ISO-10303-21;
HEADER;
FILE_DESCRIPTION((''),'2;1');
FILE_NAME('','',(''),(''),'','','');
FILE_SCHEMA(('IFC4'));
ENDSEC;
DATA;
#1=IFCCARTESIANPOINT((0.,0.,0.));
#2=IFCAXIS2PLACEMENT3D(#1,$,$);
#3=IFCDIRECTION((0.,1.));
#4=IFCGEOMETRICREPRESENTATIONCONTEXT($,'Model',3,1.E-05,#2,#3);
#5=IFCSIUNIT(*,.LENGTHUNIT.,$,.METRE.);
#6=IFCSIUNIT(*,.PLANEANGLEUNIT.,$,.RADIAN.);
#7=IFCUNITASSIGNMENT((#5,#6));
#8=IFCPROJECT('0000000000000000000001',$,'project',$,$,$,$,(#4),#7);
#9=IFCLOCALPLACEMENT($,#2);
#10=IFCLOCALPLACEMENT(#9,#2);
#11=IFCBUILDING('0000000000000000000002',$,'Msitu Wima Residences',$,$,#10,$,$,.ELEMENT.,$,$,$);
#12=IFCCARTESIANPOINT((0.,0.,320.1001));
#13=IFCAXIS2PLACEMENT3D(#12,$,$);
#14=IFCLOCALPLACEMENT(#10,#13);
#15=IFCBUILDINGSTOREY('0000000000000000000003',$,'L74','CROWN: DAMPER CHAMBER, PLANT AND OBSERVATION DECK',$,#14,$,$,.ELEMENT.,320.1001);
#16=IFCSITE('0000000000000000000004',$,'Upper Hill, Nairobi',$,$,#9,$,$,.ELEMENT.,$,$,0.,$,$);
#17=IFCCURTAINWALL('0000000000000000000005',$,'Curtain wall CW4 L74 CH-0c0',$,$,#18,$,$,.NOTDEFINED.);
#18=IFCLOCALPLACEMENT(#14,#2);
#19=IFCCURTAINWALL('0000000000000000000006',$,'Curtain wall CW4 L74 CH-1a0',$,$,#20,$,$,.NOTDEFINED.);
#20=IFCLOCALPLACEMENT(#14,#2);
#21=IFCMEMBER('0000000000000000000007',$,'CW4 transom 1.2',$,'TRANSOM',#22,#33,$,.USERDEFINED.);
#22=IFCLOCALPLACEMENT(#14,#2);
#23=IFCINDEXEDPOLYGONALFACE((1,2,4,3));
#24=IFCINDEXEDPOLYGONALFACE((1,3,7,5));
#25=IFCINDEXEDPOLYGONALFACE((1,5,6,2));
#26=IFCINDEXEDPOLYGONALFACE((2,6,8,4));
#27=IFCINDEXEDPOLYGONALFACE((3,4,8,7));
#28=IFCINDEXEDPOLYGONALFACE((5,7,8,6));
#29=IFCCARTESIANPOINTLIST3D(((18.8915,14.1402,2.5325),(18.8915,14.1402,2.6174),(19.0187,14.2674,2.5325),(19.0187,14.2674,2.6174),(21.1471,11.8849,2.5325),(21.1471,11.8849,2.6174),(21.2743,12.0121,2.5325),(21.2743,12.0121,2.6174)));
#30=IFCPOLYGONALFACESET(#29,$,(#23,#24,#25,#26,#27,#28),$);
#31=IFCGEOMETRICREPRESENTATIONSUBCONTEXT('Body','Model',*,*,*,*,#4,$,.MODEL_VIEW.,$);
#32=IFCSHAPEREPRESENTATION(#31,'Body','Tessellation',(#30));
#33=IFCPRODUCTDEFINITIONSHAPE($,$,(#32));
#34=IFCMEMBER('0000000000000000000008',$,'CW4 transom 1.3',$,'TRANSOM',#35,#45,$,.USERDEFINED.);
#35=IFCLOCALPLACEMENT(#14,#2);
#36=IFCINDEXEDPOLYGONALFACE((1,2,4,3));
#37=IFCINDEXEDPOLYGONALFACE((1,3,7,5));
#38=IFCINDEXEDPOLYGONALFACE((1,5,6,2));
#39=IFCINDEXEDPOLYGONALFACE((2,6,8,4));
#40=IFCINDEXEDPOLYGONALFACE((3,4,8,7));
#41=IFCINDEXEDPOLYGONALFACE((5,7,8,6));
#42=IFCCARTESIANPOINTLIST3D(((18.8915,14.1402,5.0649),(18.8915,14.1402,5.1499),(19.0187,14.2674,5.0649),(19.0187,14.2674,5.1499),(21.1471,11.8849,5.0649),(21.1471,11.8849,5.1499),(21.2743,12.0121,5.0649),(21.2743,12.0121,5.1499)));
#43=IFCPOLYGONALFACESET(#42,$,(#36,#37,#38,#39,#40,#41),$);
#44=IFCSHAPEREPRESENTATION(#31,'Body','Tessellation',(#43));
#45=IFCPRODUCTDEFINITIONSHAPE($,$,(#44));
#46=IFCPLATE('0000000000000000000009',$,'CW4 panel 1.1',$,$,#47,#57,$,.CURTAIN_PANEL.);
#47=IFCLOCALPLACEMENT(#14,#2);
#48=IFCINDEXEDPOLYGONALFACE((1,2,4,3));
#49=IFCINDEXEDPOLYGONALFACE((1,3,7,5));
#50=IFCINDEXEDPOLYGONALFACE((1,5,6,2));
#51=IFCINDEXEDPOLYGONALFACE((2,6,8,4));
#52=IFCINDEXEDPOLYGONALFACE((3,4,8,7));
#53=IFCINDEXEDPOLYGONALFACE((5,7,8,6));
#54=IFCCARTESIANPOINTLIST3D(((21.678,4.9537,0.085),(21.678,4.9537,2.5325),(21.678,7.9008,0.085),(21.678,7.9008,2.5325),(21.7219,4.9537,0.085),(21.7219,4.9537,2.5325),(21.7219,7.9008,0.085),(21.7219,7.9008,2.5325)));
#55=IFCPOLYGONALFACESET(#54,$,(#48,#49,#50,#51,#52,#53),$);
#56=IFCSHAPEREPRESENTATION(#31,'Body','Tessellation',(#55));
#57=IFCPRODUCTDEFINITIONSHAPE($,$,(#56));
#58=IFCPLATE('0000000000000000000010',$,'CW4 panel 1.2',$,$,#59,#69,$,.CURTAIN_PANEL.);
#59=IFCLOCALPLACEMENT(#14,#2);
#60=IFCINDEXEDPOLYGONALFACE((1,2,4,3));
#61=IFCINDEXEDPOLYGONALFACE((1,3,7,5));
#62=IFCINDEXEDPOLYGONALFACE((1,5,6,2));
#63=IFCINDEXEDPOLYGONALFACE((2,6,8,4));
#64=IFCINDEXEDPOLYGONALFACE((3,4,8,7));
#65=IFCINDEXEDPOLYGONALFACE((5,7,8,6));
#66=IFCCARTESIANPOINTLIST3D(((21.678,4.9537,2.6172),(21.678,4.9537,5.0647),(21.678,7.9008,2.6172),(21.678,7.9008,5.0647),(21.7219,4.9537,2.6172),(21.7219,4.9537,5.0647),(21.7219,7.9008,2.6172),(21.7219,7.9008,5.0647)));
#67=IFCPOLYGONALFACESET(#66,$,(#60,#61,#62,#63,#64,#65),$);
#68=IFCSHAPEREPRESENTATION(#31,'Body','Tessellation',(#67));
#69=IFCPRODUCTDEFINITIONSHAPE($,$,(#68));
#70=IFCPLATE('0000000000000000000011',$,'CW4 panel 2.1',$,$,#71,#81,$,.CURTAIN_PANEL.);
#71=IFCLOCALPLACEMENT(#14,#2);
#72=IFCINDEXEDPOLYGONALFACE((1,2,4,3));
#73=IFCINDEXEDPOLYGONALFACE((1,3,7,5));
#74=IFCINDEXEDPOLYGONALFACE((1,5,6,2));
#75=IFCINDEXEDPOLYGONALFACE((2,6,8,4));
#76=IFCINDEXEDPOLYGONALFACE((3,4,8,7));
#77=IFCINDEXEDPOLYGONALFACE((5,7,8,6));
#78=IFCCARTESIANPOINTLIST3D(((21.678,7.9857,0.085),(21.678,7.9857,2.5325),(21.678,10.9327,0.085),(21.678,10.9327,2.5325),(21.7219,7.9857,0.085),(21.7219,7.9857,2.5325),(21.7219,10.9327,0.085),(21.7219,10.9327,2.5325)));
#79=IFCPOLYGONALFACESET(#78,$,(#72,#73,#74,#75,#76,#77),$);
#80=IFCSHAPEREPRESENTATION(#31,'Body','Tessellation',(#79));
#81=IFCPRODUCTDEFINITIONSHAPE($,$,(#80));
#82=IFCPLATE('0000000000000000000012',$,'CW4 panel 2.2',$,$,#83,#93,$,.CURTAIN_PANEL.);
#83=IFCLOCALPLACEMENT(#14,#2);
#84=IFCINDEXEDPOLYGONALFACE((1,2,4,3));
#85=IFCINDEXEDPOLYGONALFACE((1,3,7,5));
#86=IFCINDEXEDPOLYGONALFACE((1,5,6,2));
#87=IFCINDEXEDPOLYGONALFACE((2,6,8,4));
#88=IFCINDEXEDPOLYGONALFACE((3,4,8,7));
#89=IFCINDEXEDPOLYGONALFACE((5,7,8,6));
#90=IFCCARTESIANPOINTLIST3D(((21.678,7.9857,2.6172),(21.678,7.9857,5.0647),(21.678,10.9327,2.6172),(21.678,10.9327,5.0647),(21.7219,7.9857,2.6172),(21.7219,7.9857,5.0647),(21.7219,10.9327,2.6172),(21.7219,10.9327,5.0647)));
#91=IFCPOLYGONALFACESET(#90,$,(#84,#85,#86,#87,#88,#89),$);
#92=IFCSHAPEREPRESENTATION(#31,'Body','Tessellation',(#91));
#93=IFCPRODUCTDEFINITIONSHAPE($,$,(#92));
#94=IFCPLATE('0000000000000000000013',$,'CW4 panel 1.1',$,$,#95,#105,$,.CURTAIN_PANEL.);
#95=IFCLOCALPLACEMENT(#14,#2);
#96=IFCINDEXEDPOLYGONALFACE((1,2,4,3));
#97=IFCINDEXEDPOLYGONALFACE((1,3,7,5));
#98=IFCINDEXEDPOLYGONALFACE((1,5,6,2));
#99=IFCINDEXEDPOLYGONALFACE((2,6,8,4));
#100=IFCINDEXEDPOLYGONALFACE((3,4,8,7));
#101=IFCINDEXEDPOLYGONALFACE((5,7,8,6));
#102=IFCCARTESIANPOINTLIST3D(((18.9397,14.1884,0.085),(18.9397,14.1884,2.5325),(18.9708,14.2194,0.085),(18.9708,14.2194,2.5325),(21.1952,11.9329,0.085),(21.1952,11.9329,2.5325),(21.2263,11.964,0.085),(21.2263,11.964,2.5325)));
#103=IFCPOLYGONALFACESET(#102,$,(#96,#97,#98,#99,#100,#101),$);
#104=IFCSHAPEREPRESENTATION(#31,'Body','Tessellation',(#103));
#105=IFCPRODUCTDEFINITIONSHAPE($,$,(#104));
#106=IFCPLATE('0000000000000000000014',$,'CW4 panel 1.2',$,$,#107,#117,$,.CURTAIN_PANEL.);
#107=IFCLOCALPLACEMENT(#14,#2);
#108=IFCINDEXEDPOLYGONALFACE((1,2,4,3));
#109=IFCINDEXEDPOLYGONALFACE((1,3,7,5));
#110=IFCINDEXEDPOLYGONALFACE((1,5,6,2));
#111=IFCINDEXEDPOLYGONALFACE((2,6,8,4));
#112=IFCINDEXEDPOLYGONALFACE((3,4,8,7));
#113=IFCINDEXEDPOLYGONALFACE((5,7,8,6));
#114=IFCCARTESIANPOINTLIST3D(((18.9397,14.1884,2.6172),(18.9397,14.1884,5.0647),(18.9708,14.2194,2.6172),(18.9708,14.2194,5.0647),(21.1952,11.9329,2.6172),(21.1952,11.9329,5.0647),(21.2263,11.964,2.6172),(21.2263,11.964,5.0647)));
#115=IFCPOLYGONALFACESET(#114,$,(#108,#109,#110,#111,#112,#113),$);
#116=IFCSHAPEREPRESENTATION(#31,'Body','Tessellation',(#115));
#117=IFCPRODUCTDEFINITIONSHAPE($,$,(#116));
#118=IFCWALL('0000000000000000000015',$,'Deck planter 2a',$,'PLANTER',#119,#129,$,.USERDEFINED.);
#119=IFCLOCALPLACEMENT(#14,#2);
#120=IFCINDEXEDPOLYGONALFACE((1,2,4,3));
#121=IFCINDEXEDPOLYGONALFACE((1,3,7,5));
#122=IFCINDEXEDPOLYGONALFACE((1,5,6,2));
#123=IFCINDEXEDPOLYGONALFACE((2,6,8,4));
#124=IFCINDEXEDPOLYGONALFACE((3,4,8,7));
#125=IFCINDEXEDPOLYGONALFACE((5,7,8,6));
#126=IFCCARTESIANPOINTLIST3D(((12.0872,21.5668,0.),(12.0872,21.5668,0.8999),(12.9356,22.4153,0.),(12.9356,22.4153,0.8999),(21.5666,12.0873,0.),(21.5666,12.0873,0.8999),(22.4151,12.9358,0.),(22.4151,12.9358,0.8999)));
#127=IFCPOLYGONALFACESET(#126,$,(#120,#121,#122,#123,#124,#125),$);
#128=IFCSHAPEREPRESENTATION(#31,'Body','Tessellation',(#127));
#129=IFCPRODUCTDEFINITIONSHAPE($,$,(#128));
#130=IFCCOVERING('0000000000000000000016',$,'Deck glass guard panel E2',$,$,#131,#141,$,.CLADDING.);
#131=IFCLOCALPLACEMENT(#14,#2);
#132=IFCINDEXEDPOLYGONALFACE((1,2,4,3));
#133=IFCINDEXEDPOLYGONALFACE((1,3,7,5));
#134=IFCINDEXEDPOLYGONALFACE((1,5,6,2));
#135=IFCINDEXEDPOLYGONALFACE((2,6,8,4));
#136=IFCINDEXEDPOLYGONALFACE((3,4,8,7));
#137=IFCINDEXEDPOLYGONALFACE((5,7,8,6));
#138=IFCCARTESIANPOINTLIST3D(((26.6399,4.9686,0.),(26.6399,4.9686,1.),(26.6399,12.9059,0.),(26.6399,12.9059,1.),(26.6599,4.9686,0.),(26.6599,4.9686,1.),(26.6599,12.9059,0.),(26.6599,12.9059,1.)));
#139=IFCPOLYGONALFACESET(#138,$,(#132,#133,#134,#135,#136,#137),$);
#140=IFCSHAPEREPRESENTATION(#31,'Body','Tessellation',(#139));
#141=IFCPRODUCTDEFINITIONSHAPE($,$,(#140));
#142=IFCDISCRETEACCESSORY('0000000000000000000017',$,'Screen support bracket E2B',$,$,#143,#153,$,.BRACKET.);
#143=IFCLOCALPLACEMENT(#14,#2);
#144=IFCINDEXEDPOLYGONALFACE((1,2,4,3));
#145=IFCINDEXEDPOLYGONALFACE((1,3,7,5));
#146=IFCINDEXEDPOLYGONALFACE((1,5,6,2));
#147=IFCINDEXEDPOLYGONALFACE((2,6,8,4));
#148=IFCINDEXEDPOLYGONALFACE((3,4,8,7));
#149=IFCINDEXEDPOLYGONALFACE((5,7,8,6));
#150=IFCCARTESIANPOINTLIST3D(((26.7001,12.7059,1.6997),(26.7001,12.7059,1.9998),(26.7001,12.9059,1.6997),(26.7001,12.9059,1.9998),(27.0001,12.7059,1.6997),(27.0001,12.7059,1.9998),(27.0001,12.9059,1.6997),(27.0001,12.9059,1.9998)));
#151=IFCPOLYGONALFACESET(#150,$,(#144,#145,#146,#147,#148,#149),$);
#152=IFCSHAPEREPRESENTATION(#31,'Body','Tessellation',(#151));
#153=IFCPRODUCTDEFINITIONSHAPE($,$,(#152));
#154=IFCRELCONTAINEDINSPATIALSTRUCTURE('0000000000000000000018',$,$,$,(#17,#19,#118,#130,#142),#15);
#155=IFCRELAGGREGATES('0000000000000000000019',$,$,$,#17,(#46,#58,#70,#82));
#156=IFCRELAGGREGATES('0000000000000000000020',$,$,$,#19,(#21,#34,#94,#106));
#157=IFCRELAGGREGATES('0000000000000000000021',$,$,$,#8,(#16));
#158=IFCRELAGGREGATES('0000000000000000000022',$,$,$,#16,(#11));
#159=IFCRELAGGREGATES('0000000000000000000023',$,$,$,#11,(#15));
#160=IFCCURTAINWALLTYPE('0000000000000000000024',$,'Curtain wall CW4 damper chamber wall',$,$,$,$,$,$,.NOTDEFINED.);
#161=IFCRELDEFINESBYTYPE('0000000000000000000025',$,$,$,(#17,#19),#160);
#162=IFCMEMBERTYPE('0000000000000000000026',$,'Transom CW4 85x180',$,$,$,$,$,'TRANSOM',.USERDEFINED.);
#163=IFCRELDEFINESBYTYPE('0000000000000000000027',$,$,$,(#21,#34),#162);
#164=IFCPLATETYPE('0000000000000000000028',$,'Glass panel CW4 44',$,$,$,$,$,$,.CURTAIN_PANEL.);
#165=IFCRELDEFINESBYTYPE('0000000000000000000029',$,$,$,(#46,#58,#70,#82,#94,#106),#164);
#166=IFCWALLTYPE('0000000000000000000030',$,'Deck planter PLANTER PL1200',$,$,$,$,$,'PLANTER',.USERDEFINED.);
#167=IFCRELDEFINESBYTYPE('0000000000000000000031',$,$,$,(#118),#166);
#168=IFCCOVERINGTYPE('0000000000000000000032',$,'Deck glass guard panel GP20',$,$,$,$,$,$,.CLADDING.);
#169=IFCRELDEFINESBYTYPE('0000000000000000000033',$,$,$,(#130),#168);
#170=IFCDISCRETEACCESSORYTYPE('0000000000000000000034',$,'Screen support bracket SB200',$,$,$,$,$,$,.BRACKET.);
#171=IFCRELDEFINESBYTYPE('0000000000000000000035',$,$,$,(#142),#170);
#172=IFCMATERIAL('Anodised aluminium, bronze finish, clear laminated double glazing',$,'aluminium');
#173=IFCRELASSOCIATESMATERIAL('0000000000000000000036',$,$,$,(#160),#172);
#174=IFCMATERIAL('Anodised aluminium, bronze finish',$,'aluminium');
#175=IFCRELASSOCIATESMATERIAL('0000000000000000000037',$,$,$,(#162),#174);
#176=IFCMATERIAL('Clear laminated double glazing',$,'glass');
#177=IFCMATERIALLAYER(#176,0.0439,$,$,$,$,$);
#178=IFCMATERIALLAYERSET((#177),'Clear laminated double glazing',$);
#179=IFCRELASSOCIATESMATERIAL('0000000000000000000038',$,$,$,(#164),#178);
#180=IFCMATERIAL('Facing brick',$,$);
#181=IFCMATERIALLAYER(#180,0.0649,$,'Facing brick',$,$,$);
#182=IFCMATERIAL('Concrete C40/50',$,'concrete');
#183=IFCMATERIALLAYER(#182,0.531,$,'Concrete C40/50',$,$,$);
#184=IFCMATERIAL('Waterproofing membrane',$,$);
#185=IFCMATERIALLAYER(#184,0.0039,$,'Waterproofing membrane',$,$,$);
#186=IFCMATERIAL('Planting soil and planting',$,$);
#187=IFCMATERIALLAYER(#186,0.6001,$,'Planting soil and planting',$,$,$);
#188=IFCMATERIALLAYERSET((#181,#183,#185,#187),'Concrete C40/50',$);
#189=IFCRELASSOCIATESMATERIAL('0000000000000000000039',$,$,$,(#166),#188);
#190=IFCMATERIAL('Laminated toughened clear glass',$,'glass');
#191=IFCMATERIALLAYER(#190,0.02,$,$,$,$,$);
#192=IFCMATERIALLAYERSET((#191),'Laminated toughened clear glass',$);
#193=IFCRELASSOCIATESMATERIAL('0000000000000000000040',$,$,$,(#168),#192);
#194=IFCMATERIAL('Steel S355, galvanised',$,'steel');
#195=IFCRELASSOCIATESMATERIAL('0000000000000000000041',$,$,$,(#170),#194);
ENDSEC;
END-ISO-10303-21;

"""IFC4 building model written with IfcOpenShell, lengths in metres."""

from ifc_helpers import new_model, si_unit, direction, frame, frame_2d, origin, origin_2d, place, context, subcontext, project, spatial, rectangle, extrude, material, layer, layer_set, material_profile, profile_set, type_object, element, aggregate, save


model = new_model("IFC4")

# Units and contexts
model_context = context("Model", 3, precision=1e-05, world=origin(), true_north=direction((0.0, 1.0)))
body_context = subcontext(model_context, "Body", "Model", "MODEL_VIEW")
ifc_project = project(units=[si_unit("LENGTHUNIT", "METRE"), si_unit("PLANEANGLEUNIT", "RADIAN")], contexts=[model_context])

# Site, building, storey
site_placement = place(None, origin())
site = spatial("IfcSite", under=ifc_project, at=site_placement, Name="Upper Hill, Nairobi", CompositionType="ELEMENT", RefElevation=0.0)
building_placement = place(site_placement, origin())
building = spatial("IfcBuilding", under=site, at=building_placement, Name="Msitu Wima Residences", CompositionType="ELEMENT")
storey_placement = place(building_placement, frame((0.0, 0.0, 320.1001)))
storey = spatial("IfcBuildingStorey", under=building, at=storey_placement, Name="L74", Description="CROWN: DAMPER CHAMBER, PLANT AND OBSERVATION DECK", CompositionType="ELEMENT", Elevation=320.1001)

# Curtain wall
ifc_material_1 = material(Name="Anodised aluminium, bronze finish, clear laminated double glazing", Category="aluminium")
curtain_wall_type = type_object("IfcCurtainWallType", Name="Curtain wall CW4 damper chamber wall", PredefinedType="NOTDEFINED", material=ifc_material_1)
curtain_wall_1_placement = place(storey_placement, origin())
curtain_wall_1 = element("IfcCurtainWall", 1, at=curtain_wall_1_placement, inside=storey, type_object=curtain_wall_type, Name="Curtain wall CW4 L74 CH-0c0", PredefinedType="NOTDEFINED")
ifc_material_2 = material(Name="Anodised aluminium, bronze finish", Category="aluminium")

# Curtain wall
curtain_wall_2_placement = place(storey_placement, origin())
curtain_wall_2 = element("IfcCurtainWall", 2, at=curtain_wall_2_placement, inside=storey, type_object=curtain_wall_type, Name="Curtain wall CW4 L74 CH-1a0", PredefinedType="NOTDEFINED")

# Members
ifc_material_profile_1 = material_profile(ifc_material_2, rectangle(XDim=0.1799, YDim=0.085, at=origin_2d()), Name="Transom 85x180")
ifc_profile_set_1 = profile_set([ifc_material_profile_1], Name="Anodised aluminium, bronze finish")
member_type_1 = type_object("IfcMemberType", Name="Transom CW4 85x180", ElementType="TRANSOM", PredefinedType="USERDEFINED", material=ifc_profile_set_1)
member_1_placement = place(storey_placement, frame((21.2107, 11.9485, 2.575), z_axis=(-0.707145, 0.707069, 0.0), x_axis=(-0.707069, -0.707145, 0.0)))
member_1 = element("IfcMember", 3, at=member_1_placement, type_object=member_type_1, Name="CW4 transom 1.2", ObjectType="TRANSOM", PredefinedType="USERDEFINED", context=body_context, shape_type="SweptSolid", body=[
    extrude(rectangle(XDim=0.1799, YDim=0.085, at=origin_2d()), origin(), (0.0, 0.0, 1.0), 3.1897),
])
member_2_placement = place(storey_placement, frame((21.2107, 11.9485, 5.1074), z_axis=(-0.707145, 0.707069, 0.0), x_axis=(-0.707069, -0.707145, 0.0)))
member_2 = element("IfcMember", 4, at=member_2_placement, type_object=member_type_1, Name="CW4 transom 1.3", ObjectType="TRANSOM", PredefinedType="USERDEFINED", context=body_context, shape_type="SweptSolid", body=[
    extrude(rectangle(XDim=0.1799, YDim=0.085, at=origin_2d()), origin(), (0.0, 0.0, 1.0), 3.1897),
])

# Plates
ifc_material_3 = material(Name="Clear laminated double glazing", Category="glass")
ifc_layer_1 = layer(ifc_material_3, 0.0439)
ifc_layer_set_1 = layer_set([ifc_layer_1], Name="Clear laminated double glazing")
plate_type = type_object("IfcPlateType", Name="Glass panel CW4 44", PredefinedType="CURTAIN_PANEL", material=ifc_layer_set_1)
plate_1_placement = place(storey_placement, frame((21.7, 6.4272, 0.085), z_axis=(0.0, 0.0, 1.0), x_axis=(0.0, 1.0, 0.0)))
plate_1 = element("IfcPlate", 5, at=plate_1_placement, type_object=plate_type, Name="CW4 panel 1.1", PredefinedType="CURTAIN_PANEL", context=body_context, shape_type="SweptSolid", body=[
    extrude(rectangle(XDim=2.947, YDim=0.0439, at=origin_2d()), origin(), (0.0, 0.0, 1.0), 2.4475),
])
plate_2_placement = place(storey_placement, frame((21.7, 6.4272, 2.6172), z_axis=(0.0, 0.0, 1.0), x_axis=(0.0, 1.0, 0.0)))
plate_2 = element("IfcPlate", 6, at=plate_2_placement, type_object=plate_type, Name="CW4 panel 1.2", PredefinedType="CURTAIN_PANEL", context=body_context, shape_type="SweptSolid", body=[
    extrude(rectangle(XDim=2.947, YDim=0.0439, at=origin_2d()), origin(), (0.0, 0.0, 1.0), 2.4475),
])
plate_3_placement = place(storey_placement, frame((21.7, 9.4592, 0.085), z_axis=(0.0, 0.0, 1.0), x_axis=(0.0, 1.0, 0.0)))
plate_3 = element("IfcPlate", 7, at=plate_3_placement, type_object=plate_type, Name="CW4 panel 2.1", PredefinedType="CURTAIN_PANEL", context=body_context, shape_type="SweptSolid", body=[
    extrude(rectangle(XDim=2.947, YDim=0.0439, at=origin_2d()), origin(), (0.0, 0.0, 1.0), 2.4475),
])
plate_4_placement = place(storey_placement, frame((21.7, 9.4592, 2.6172), z_axis=(0.0, 0.0, 1.0), x_axis=(0.0, 1.0, 0.0)))
plate_4 = element("IfcPlate", 8, at=plate_4_placement, type_object=plate_type, Name="CW4 panel 2.2", PredefinedType="CURTAIN_PANEL", context=body_context, shape_type="SweptSolid", body=[
    extrude(rectangle(XDim=2.947, YDim=0.0439, at=origin_2d()), origin(), (0.0, 0.0, 1.0), 2.4475),
])
aggregate(curtain_wall_1, [plate_1, plate_2, plate_3, plate_4])
plate_5_placement = place(storey_placement, frame((20.083, 13.0762, 0.085), z_axis=(0.0, 0.0, 1.0), x_axis=(-0.707107, 0.707107, 0.0)))
plate_5 = element("IfcPlate", 9, at=plate_5_placement, type_object=plate_type, Name="CW4 panel 1.1", PredefinedType="CURTAIN_PANEL", context=body_context, shape_type="SweptSolid", body=[
    extrude(rectangle(XDim=3.1897, YDim=0.0439, at=origin_2d()), origin(), (0.0, 0.0, 1.0), 2.4475),
])
plate_6_placement = place(storey_placement, frame((20.083, 13.0762, 2.6172), z_axis=(0.0, 0.0, 1.0), x_axis=(-0.707107, 0.707107, 0.0)))
plate_6 = element("IfcPlate", 10, at=plate_6_placement, type_object=plate_type, Name="CW4 panel 1.2", PredefinedType="CURTAIN_PANEL", context=body_context, shape_type="SweptSolid", body=[
    extrude(rectangle(XDim=3.1897, YDim=0.0439, at=origin_2d()), origin(), (0.0, 0.0, 1.0), 2.4475),
])
aggregate(curtain_wall_2, [member_1, member_2, plate_5, plate_6])

# Wall
ifc_material_4 = material(Name="Facing brick")
ifc_layer_2 = layer(ifc_material_4, 0.0649, Name="Facing brick")
ifc_material_5 = material(Name="Concrete C40/50", Category="concrete")
ifc_layer_3 = layer(ifc_material_5, 0.531, Name="Concrete C40/50")
ifc_material_6 = material(Name="Waterproofing membrane")
ifc_layer_4 = layer(ifc_material_6, 0.0039, Name="Waterproofing membrane")
ifc_material_7 = material(Name="Planting soil and planting")
ifc_layer_5 = layer(ifc_material_7, 0.6001, Name="Planting soil and planting")
ifc_layer_set_2 = layer_set([ifc_layer_2, ifc_layer_3, ifc_layer_4, ifc_layer_5], Name="Concrete C40/50")
wall_type = type_object("IfcWallType", Name="Deck planter PLANTER PL1200", ElementType="PLANTER", PredefinedType="USERDEFINED", material=ifc_layer_set_2)
wall_placement = place(storey_placement, frame((21.991, 12.5115, 0.0), z_axis=(0.0, 0.0, 1.0), x_axis=(-0.707107, 0.707107, 0.0)))
element("IfcWall", 11, at=wall_placement, inside=storey, type_object=wall_type, Name="Deck planter 2a", ObjectType="PLANTER", PredefinedType="USERDEFINED", context=body_context, shape_type="SweptSolid", body=[
    extrude(rectangle(XDim=13.406, YDim=1.2, at=frame_2d((6.7031, 0.0))), origin(), (0.0, 0.0, 1.0), 0.8999),
])

# Covering
ifc_material_8 = material(Name="Laminated toughened clear glass", Category="glass")
ifc_layer_6 = layer(ifc_material_8, 0.02)
ifc_layer_set_3 = layer_set([ifc_layer_6], Name="Laminated toughened clear glass")
covering_type = type_object("IfcCoveringType", Name="Deck glass guard panel GP20", PredefinedType="CLADDING", material=ifc_layer_set_3)
covering_placement = place(storey_placement, frame((26.6499, 8.9373, 0.0), z_axis=(0.0, 0.0, 1.0), x_axis=(0.0, 1.0, 0.0)))
element("IfcCovering", 12, at=covering_placement, inside=storey, type_object=covering_type, Name="Deck glass guard panel E2", PredefinedType="CLADDING", context=body_context, shape_type="SweptSolid", body=[
    extrude(rectangle(XDim=7.9373, YDim=0.02, at=origin_2d()), origin(), (0.0, 0.0, 1.0), 1.0),
])

# Discrete accessory
ifc_material_9 = material(Name="Steel S355, galvanised", Category="steel")
discrete_accessory_type = type_object("IfcDiscreteAccessoryType", Name="Screen support bracket SB200", PredefinedType="BRACKET", material=ifc_material_9)
discrete_accessory_placement = place(storey_placement, frame((26.8501, 12.8059, 1.6997), z_axis=(0.0, 0.0, 1.0), x_axis=(0.0, 1.0, 0.0)))
element("IfcDiscreteAccessory", 13, at=discrete_accessory_placement, inside=storey, type_object=discrete_accessory_type, Name="Screen support bracket E2B", PredefinedType="BRACKET", context=body_context, shape_type="SweptSolid", body=[
    extrude(rectangle(XDim=0.2, YDim=0.3, at=origin_2d()), origin(), (0.0, 0.0, 1.0), 0.3),
])

save(model, "model.ifc")
